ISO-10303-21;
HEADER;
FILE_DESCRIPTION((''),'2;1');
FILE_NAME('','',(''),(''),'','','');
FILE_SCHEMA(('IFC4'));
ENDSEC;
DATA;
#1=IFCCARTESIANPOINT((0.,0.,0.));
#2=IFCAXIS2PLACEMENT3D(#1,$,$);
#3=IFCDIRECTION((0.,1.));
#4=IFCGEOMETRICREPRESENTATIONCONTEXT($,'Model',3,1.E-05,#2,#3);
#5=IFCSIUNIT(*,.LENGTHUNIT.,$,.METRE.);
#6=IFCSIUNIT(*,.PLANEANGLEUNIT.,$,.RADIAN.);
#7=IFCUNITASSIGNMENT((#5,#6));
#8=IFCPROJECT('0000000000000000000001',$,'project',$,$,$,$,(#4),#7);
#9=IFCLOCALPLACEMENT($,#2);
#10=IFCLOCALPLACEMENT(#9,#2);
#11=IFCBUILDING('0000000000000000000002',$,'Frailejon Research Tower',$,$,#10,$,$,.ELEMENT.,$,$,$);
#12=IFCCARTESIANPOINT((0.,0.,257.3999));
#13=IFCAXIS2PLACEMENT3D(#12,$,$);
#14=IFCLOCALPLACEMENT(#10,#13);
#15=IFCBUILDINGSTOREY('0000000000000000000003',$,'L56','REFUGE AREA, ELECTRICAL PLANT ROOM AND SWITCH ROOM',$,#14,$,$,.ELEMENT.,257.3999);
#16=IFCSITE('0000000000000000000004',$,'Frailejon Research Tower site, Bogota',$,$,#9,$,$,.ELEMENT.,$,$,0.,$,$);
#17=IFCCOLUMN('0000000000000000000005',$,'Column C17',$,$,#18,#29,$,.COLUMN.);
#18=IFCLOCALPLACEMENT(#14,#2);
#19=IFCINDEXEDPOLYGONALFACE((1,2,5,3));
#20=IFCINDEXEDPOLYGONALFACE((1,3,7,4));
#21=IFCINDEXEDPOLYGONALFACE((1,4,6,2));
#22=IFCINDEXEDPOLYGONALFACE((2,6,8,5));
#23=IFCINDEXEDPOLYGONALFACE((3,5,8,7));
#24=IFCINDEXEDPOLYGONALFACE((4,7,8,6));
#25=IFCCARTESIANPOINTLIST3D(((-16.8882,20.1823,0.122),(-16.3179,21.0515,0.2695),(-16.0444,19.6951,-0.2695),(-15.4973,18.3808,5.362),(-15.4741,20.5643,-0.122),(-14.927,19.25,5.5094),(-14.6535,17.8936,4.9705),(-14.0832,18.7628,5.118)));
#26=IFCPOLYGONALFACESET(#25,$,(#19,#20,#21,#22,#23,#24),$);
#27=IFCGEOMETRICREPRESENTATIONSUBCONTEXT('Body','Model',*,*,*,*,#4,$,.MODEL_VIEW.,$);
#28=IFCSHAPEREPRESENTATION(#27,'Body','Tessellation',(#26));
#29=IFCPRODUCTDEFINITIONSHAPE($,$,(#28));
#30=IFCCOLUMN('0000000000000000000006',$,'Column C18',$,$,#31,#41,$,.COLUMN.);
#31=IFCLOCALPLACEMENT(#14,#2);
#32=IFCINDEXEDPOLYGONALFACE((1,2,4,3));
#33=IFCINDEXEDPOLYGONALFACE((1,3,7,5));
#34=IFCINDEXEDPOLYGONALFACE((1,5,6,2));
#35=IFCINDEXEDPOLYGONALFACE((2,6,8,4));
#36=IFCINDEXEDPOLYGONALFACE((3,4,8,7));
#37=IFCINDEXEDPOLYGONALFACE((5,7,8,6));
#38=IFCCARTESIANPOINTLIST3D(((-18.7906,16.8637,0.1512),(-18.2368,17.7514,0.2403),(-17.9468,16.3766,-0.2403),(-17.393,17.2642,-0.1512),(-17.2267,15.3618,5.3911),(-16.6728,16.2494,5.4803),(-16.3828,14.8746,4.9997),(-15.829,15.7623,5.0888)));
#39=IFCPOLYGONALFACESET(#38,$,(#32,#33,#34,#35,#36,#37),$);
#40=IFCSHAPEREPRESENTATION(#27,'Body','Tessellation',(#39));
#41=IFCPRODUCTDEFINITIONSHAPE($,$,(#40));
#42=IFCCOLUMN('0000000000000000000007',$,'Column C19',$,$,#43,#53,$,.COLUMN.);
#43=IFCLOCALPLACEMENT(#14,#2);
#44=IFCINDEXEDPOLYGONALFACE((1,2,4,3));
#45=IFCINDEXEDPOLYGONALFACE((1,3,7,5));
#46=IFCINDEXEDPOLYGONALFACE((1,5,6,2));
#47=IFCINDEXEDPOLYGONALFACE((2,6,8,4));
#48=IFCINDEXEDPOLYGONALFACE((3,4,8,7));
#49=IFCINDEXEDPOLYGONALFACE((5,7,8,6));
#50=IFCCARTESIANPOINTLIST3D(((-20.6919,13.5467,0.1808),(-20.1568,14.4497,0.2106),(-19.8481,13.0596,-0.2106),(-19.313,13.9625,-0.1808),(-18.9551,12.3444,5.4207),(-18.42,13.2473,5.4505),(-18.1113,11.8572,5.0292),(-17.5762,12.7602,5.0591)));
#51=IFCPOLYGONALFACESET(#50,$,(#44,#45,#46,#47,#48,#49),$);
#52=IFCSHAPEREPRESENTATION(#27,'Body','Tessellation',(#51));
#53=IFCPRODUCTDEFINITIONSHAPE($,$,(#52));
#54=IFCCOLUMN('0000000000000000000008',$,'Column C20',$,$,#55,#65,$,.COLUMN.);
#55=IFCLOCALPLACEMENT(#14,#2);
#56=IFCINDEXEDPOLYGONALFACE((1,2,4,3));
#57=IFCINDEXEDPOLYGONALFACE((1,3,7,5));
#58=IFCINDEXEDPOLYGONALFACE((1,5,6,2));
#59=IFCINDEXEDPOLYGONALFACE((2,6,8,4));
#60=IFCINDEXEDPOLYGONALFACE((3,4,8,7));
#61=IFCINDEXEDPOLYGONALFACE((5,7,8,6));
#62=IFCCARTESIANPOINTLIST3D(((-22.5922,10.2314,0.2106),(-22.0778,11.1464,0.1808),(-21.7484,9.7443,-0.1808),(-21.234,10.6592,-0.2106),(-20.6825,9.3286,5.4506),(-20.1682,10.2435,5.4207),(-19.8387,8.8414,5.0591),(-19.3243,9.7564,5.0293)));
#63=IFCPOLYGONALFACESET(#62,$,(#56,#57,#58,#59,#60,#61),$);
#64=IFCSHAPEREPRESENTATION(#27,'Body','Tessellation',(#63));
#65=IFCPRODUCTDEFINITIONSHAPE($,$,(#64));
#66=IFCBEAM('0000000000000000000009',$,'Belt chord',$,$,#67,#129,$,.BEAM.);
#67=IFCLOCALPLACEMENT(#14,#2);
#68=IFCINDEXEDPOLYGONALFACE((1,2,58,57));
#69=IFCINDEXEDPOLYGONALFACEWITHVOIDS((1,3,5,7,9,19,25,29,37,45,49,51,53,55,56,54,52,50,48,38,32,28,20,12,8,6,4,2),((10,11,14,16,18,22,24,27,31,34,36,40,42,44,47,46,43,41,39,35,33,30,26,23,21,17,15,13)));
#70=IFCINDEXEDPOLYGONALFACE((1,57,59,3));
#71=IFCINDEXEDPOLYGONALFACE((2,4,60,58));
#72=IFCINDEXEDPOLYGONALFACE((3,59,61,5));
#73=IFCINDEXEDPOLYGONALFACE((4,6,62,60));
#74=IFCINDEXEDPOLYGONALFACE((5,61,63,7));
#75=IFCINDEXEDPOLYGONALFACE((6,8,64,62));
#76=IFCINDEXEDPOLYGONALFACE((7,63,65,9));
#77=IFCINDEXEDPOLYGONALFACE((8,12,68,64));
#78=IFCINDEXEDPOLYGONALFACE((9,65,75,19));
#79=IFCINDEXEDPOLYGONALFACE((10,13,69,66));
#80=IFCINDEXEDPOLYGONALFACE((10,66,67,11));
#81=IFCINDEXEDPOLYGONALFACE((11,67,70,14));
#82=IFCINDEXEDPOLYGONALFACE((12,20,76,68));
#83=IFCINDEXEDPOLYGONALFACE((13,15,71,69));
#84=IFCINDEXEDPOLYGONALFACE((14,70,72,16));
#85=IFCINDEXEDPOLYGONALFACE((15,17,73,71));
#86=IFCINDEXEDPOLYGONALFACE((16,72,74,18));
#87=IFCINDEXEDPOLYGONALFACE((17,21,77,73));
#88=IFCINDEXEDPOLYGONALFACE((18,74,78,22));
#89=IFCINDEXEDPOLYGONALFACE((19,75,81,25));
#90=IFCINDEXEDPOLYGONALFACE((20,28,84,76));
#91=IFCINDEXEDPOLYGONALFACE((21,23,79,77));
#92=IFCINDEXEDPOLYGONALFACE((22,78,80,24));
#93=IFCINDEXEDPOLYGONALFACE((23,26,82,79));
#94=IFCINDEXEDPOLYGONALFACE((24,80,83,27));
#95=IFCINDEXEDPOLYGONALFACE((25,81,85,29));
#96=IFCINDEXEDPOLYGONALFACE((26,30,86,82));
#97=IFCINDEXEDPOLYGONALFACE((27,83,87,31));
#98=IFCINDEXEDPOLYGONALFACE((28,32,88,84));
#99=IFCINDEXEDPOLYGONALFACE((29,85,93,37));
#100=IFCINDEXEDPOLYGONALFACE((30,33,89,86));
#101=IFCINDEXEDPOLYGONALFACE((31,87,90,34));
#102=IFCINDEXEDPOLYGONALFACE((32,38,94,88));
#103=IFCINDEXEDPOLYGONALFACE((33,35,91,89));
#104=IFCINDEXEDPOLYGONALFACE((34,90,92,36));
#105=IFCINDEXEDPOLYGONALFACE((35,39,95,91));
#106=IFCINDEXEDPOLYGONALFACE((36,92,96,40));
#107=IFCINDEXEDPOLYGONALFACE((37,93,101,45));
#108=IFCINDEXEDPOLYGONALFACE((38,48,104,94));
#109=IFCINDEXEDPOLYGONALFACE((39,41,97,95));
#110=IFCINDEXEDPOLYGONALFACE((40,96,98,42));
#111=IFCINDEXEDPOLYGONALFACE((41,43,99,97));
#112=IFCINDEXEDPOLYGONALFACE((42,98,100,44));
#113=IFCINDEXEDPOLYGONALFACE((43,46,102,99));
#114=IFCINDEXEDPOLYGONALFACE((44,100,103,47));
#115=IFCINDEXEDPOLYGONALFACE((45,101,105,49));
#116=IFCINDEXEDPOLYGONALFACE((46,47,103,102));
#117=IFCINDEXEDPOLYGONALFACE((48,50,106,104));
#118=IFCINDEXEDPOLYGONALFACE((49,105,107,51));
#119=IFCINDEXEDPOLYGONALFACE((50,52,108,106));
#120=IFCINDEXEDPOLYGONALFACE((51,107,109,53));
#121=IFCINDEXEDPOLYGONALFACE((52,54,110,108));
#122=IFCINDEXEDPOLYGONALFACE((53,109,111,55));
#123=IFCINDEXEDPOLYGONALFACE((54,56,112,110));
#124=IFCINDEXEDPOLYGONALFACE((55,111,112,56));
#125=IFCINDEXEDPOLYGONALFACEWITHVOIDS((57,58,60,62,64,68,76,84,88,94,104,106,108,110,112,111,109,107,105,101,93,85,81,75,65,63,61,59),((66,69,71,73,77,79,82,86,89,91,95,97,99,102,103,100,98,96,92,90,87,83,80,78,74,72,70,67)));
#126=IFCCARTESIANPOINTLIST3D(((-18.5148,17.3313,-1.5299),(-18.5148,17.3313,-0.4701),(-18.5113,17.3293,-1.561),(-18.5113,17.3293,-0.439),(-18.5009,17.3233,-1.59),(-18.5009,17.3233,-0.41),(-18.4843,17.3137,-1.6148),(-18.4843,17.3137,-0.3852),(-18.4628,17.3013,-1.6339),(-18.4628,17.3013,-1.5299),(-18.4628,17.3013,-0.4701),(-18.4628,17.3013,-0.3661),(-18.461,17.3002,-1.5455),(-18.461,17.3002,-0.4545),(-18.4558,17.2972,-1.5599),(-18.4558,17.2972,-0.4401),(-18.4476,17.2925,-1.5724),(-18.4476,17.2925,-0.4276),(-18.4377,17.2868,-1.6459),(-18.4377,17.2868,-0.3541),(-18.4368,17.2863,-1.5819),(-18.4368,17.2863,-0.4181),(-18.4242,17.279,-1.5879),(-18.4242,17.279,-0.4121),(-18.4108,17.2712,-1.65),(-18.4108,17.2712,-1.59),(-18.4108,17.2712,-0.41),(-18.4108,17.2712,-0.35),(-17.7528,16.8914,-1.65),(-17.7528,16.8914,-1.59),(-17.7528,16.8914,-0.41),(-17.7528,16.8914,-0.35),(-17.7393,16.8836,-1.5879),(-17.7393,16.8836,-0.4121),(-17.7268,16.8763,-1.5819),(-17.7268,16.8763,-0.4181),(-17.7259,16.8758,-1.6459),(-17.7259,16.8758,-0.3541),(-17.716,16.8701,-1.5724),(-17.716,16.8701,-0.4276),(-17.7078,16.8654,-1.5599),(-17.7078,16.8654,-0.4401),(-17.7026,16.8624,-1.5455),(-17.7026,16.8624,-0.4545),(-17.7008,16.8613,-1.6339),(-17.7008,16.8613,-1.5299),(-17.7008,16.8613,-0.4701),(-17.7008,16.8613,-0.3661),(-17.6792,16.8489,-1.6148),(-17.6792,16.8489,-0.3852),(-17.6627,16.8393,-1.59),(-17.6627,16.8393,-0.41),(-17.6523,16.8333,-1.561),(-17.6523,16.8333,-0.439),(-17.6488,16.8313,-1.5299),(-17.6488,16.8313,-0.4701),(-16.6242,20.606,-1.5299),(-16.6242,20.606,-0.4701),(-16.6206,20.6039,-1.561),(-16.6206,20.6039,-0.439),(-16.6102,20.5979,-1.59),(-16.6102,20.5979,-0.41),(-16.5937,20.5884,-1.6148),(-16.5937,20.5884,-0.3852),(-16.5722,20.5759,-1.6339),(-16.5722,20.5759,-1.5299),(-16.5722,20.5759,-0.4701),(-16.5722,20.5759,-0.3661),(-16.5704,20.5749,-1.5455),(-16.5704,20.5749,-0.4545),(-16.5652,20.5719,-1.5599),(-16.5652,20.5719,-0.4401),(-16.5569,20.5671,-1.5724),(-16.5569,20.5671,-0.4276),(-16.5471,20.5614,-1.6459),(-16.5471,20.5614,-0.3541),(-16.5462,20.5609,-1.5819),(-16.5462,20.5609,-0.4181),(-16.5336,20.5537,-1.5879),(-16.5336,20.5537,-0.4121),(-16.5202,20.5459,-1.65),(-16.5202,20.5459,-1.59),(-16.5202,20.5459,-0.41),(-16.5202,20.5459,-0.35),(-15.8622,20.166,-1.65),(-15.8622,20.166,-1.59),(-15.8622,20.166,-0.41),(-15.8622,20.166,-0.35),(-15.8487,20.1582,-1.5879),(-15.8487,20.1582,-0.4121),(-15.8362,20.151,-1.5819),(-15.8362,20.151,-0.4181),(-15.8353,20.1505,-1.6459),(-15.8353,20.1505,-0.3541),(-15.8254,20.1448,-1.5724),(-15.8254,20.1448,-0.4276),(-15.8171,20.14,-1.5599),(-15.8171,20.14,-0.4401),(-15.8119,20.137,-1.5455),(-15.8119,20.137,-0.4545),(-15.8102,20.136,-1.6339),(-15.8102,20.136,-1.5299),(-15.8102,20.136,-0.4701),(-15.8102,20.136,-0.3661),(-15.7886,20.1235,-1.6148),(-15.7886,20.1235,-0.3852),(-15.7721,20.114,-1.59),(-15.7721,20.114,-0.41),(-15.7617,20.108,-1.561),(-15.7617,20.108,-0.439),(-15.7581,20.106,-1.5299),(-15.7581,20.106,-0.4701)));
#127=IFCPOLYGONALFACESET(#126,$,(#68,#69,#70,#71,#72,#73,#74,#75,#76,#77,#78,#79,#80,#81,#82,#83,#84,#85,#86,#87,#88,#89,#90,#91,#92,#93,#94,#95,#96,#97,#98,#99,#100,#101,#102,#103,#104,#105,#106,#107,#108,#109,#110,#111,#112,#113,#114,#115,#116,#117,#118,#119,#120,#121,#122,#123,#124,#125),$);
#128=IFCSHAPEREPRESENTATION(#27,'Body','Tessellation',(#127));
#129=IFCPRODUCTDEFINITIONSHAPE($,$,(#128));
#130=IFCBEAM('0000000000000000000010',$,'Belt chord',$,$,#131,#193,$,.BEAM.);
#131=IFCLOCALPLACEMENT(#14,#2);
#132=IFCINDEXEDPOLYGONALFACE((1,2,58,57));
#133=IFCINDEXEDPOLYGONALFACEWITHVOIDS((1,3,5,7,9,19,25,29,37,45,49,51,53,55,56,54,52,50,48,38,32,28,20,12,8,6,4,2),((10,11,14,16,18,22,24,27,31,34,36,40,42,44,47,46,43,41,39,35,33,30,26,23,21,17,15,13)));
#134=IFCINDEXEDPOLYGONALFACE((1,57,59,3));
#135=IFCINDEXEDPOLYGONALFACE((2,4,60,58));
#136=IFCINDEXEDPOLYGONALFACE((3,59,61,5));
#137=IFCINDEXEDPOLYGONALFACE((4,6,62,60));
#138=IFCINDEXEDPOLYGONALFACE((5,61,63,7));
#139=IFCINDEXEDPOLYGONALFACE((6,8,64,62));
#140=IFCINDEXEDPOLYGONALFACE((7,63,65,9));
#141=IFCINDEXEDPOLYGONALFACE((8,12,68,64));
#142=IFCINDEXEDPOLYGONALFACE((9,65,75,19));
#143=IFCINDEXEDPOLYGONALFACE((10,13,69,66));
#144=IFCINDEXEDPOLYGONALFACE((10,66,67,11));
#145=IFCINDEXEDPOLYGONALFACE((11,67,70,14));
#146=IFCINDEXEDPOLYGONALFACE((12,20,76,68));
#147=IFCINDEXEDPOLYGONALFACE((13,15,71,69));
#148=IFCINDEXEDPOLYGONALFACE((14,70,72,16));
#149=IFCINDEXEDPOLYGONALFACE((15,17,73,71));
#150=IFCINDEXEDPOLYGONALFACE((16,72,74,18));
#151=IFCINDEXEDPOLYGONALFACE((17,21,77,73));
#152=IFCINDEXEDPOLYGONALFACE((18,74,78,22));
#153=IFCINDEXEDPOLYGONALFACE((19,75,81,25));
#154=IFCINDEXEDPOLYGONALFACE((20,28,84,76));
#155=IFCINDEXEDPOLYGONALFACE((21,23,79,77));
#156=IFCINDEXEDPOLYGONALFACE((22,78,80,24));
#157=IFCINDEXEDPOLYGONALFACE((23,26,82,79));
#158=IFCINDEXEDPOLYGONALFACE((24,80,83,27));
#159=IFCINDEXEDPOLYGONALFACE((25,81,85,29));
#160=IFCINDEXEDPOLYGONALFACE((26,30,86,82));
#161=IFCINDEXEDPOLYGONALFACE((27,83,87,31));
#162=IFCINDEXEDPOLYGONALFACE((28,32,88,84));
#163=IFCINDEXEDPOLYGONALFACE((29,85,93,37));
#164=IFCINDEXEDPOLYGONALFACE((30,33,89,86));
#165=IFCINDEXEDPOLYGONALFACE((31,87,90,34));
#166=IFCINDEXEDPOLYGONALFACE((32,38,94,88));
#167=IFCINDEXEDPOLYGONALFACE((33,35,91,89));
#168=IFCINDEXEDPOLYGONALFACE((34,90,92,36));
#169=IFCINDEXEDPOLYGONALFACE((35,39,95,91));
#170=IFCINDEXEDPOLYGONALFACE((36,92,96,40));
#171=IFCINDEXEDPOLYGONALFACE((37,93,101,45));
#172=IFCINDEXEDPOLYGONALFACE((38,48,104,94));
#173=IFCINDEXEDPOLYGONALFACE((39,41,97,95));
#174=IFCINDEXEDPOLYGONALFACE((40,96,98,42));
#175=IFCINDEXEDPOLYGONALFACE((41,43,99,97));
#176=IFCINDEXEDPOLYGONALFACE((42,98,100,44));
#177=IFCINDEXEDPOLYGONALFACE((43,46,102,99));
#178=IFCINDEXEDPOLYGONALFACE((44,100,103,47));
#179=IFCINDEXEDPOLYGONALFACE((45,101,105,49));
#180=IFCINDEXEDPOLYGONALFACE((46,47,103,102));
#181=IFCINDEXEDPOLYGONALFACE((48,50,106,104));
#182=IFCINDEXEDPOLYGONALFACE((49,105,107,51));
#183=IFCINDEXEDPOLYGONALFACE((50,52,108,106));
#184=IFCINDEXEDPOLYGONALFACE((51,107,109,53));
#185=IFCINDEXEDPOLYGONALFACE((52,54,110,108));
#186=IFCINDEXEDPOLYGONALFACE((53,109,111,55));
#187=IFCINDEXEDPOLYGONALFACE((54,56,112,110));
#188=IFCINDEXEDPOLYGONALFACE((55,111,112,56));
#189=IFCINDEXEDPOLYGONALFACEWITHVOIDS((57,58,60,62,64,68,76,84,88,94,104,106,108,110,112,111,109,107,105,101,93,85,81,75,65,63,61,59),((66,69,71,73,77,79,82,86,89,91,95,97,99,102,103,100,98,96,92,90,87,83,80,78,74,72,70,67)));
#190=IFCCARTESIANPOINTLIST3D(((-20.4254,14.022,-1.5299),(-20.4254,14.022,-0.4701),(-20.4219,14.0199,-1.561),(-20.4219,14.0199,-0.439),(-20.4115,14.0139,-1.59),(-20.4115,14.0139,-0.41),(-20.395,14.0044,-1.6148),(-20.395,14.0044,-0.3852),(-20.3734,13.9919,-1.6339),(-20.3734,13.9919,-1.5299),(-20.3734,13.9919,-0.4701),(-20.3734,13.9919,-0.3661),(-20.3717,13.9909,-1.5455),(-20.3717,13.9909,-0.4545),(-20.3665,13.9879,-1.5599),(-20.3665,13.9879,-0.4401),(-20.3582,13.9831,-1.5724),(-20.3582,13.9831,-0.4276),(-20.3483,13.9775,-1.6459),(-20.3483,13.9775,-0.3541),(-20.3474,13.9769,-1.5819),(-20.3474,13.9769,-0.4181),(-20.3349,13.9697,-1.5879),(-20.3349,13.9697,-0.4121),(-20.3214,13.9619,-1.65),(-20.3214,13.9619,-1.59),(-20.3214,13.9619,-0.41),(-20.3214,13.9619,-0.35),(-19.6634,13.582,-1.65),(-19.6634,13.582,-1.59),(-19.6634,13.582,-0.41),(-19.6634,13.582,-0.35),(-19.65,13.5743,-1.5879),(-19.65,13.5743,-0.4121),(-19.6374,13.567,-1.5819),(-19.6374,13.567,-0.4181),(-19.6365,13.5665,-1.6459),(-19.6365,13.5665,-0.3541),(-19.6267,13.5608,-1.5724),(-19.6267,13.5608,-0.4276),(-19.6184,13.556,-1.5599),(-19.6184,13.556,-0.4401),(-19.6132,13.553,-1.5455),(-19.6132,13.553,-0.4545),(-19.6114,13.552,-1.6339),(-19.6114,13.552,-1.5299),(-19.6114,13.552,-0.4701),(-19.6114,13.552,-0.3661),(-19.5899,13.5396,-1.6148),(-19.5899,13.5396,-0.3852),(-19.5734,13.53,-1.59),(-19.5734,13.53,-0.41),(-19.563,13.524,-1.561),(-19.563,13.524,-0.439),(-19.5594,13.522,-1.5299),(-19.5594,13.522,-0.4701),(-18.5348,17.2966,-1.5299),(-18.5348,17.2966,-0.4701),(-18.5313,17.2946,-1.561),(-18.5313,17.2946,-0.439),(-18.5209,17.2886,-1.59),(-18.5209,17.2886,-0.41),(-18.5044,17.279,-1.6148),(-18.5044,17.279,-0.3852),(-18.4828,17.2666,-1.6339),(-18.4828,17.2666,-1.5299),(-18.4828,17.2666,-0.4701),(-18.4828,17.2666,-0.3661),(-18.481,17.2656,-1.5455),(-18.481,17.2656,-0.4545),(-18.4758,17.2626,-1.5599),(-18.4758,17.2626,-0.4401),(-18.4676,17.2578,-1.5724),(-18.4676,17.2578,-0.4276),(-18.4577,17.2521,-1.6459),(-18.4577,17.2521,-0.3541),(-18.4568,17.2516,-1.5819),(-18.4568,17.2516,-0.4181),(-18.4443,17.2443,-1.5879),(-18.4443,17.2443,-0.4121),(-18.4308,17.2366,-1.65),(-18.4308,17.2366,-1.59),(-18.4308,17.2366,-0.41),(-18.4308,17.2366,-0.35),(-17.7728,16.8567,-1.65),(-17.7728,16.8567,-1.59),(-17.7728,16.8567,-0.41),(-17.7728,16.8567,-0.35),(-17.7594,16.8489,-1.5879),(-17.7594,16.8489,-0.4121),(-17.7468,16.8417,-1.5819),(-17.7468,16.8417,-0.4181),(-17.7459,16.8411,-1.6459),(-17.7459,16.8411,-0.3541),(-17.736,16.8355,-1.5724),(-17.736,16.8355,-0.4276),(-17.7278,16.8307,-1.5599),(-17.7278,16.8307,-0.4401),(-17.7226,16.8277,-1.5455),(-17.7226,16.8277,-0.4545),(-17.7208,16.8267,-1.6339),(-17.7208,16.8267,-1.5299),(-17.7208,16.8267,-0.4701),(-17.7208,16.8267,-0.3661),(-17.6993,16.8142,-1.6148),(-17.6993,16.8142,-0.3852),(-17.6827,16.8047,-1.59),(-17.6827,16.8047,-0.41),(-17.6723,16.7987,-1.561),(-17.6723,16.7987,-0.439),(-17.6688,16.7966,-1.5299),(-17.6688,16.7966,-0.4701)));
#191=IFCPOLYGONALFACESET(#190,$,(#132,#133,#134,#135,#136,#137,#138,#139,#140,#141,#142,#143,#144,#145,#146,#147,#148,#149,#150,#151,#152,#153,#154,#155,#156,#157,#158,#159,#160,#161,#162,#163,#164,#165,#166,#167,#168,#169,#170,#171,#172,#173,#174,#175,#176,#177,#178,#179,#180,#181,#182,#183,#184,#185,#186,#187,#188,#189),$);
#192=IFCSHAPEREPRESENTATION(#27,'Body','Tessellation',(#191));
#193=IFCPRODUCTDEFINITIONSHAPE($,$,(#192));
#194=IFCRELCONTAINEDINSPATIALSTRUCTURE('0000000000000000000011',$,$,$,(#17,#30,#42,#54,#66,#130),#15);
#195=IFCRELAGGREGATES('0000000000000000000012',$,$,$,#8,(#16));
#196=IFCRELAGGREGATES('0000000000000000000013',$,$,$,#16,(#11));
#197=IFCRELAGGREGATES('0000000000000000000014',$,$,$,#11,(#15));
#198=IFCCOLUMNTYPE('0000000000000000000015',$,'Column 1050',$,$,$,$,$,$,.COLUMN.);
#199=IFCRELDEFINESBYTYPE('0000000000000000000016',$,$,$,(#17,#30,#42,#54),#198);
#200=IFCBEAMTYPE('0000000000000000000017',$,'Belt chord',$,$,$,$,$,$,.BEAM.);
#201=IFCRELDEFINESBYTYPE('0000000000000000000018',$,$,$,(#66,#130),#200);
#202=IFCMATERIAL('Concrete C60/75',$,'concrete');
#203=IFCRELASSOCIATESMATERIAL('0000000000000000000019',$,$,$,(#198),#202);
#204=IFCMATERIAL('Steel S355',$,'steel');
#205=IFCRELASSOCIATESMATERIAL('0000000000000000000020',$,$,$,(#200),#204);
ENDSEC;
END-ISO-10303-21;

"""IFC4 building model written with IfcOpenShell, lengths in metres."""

from ifc_helpers import new_model, si_unit, direction, frame, origin, origin_2d, place, context, subcontext, project, spatial, rectangle, hollow_rectangle, extrude, material, material_profile, profile_set, type_object, element, save


model = new_model("IFC4")

# Units and contexts
model_context = context("Model", 3, precision=1e-05, world=origin(), true_north=direction((0.0, 1.0)))
body_context = subcontext(model_context, "Body", "Model", "MODEL_VIEW")
ifc_project = project(units=[si_unit("LENGTHUNIT", "METRE"), si_unit("PLANEANGLEUNIT", "RADIAN")], contexts=[model_context])

# Site, building, storey
site_placement = place(None, origin())
site = spatial("IfcSite", under=ifc_project, at=site_placement, Name="Frailejon Research Tower site, Bogota", CompositionType="ELEMENT", RefElevation=0.0)
building_placement = place(site_placement, origin())
building = spatial("IfcBuilding", under=site, at=building_placement, Name="Frailejon Research Tower", CompositionType="ELEMENT")
storey_placement = place(building_placement, frame((0.0, 0.0, 257.3999)))
storey = spatial("IfcBuildingStorey", under=building, at=storey_placement, Name="L56", Description="REFUGE AREA, ELECTRICAL PLANT ROOM AND SWITCH ROOM", CompositionType="ELEMENT", Elevation=257.3999)

# Columns
ifc_material_1 = material(Name="Concrete C60/75", Category="concrete")
ifc_material_profile_1 = material_profile(ifc_material_1, rectangle(XDim=1.05, YDim=1.05, at=origin_2d()), Name="Column 1050")
ifc_profile_set_1 = profile_set([ifc_material_profile_1], Name="Concrete C60/75")
column_type = type_object("IfcColumnType", Name="Column 1050", PredefinedType="COLUMN", material=ifc_profile_set_1)
column_1_placement = place(storey_placement, frame((-16.1812, 20.3733, 0.0), z_axis=(0.24346, -0.31534, 0.917217), x_axis=(-0.543124, -0.827824, -0.140443)))
element("IfcColumn", 1, at=column_1_placement, inside=storey, type_object=column_type, Name="Column C17", PredefinedType="COLUMN", context=body_context, shape_type="SweptSolid", body=[
    extrude(rectangle(XDim=1.05, YDim=1.05, at=origin_2d()), origin(), (0.0, 0.0, 1.0), 5.7129),
])
column_2_placement = place(storey_placement, frame((-18.0918, 17.064, 0.0), z_axis=(0.275787, -0.264852, 0.92401), x_axis=(-0.527422, -0.845352, -0.084887)))
element("IfcColumn", 2, at=column_2_placement, inside=storey, type_object=column_type, Name="Column C18", PredefinedType="COLUMN", context=body_context, shape_type="SweptSolid", body=[
    extrude(rectangle(XDim=1.05, YDim=1.05, at=origin_2d()), origin(), (0.0, 0.0, 1.0), 5.6709),
])
for number, where, z_axis, x_axis, name in (
    (3, (-20.0024, 13.7546, 0.0), (0.307414, -0.212822, 0.927471), (-0.509631, -0.859924, -0.028403), "Column C19"),
    (4, (-21.9131, 10.4453, 0.0), (0.338011, -0.159801, 0.927476), (-0.489875, -0.87133, 0.028403), "Column C20"),
):
    element("IfcColumn", number, at=place(storey_placement, frame(where, z_axis=z_axis, x_axis=x_axis)), inside=storey, type_object=column_type, Name=name, PredefinedType="COLUMN", context=body_context, shape_type="SweptSolid", body=[
        extrude(rectangle(XDim=1.05, YDim=1.05, at=origin_2d()), origin(), (0.0, 0.0, 1.0), 5.6497),
    ])

# Beams
ifc_material_2 = material(Name="Steel S355", Category="steel")
ifc_material_profile_2 = material_profile(ifc_material_2, hollow_rectangle(XDim=1.0, YDim=1.3, WallThickness=0.0601, InnerFilletRadius=0.0601, OuterFilletRadius=0.1201, at=origin_2d()), Name="Belt chord")
ifc_profile_set_2 = profile_set([ifc_material_profile_2], Name="Steel S355")
beam_type_1 = type_object("IfcBeamType", Name="Belt chord", PredefinedType="BEAM", material=ifc_profile_set_2)
for number, where, z_axis, x_axis, name in (
    (5, (-16.1912, 20.356, -1.0), (-0.5, -0.866025, 0.0), (0.866025, -0.5, 0.0), "Belt chord"),
    (6, (-18.1018, 17.0466, -1.0), (-0.5, -0.866025, 0.0), (0.866025, -0.5, 0.0), "Belt chord"),
):
    element("IfcBeam", number, at=place(storey_placement, frame(where, z_axis=z_axis, x_axis=x_axis)), inside=storey, type_object=beam_type_1, Name=name, PredefinedType="BEAM", context=body_context, shape_type="SweptSolid", body=[
        extrude(hollow_rectangle(XDim=1.0, YDim=1.3, WallThickness=0.0601, InnerFilletRadius=0.0601, OuterFilletRadius=0.1201, at=origin_2d()), origin(), (0.0, 0.0, 1.0), 3.7812),
    ])

save(model, "model.ifc")
